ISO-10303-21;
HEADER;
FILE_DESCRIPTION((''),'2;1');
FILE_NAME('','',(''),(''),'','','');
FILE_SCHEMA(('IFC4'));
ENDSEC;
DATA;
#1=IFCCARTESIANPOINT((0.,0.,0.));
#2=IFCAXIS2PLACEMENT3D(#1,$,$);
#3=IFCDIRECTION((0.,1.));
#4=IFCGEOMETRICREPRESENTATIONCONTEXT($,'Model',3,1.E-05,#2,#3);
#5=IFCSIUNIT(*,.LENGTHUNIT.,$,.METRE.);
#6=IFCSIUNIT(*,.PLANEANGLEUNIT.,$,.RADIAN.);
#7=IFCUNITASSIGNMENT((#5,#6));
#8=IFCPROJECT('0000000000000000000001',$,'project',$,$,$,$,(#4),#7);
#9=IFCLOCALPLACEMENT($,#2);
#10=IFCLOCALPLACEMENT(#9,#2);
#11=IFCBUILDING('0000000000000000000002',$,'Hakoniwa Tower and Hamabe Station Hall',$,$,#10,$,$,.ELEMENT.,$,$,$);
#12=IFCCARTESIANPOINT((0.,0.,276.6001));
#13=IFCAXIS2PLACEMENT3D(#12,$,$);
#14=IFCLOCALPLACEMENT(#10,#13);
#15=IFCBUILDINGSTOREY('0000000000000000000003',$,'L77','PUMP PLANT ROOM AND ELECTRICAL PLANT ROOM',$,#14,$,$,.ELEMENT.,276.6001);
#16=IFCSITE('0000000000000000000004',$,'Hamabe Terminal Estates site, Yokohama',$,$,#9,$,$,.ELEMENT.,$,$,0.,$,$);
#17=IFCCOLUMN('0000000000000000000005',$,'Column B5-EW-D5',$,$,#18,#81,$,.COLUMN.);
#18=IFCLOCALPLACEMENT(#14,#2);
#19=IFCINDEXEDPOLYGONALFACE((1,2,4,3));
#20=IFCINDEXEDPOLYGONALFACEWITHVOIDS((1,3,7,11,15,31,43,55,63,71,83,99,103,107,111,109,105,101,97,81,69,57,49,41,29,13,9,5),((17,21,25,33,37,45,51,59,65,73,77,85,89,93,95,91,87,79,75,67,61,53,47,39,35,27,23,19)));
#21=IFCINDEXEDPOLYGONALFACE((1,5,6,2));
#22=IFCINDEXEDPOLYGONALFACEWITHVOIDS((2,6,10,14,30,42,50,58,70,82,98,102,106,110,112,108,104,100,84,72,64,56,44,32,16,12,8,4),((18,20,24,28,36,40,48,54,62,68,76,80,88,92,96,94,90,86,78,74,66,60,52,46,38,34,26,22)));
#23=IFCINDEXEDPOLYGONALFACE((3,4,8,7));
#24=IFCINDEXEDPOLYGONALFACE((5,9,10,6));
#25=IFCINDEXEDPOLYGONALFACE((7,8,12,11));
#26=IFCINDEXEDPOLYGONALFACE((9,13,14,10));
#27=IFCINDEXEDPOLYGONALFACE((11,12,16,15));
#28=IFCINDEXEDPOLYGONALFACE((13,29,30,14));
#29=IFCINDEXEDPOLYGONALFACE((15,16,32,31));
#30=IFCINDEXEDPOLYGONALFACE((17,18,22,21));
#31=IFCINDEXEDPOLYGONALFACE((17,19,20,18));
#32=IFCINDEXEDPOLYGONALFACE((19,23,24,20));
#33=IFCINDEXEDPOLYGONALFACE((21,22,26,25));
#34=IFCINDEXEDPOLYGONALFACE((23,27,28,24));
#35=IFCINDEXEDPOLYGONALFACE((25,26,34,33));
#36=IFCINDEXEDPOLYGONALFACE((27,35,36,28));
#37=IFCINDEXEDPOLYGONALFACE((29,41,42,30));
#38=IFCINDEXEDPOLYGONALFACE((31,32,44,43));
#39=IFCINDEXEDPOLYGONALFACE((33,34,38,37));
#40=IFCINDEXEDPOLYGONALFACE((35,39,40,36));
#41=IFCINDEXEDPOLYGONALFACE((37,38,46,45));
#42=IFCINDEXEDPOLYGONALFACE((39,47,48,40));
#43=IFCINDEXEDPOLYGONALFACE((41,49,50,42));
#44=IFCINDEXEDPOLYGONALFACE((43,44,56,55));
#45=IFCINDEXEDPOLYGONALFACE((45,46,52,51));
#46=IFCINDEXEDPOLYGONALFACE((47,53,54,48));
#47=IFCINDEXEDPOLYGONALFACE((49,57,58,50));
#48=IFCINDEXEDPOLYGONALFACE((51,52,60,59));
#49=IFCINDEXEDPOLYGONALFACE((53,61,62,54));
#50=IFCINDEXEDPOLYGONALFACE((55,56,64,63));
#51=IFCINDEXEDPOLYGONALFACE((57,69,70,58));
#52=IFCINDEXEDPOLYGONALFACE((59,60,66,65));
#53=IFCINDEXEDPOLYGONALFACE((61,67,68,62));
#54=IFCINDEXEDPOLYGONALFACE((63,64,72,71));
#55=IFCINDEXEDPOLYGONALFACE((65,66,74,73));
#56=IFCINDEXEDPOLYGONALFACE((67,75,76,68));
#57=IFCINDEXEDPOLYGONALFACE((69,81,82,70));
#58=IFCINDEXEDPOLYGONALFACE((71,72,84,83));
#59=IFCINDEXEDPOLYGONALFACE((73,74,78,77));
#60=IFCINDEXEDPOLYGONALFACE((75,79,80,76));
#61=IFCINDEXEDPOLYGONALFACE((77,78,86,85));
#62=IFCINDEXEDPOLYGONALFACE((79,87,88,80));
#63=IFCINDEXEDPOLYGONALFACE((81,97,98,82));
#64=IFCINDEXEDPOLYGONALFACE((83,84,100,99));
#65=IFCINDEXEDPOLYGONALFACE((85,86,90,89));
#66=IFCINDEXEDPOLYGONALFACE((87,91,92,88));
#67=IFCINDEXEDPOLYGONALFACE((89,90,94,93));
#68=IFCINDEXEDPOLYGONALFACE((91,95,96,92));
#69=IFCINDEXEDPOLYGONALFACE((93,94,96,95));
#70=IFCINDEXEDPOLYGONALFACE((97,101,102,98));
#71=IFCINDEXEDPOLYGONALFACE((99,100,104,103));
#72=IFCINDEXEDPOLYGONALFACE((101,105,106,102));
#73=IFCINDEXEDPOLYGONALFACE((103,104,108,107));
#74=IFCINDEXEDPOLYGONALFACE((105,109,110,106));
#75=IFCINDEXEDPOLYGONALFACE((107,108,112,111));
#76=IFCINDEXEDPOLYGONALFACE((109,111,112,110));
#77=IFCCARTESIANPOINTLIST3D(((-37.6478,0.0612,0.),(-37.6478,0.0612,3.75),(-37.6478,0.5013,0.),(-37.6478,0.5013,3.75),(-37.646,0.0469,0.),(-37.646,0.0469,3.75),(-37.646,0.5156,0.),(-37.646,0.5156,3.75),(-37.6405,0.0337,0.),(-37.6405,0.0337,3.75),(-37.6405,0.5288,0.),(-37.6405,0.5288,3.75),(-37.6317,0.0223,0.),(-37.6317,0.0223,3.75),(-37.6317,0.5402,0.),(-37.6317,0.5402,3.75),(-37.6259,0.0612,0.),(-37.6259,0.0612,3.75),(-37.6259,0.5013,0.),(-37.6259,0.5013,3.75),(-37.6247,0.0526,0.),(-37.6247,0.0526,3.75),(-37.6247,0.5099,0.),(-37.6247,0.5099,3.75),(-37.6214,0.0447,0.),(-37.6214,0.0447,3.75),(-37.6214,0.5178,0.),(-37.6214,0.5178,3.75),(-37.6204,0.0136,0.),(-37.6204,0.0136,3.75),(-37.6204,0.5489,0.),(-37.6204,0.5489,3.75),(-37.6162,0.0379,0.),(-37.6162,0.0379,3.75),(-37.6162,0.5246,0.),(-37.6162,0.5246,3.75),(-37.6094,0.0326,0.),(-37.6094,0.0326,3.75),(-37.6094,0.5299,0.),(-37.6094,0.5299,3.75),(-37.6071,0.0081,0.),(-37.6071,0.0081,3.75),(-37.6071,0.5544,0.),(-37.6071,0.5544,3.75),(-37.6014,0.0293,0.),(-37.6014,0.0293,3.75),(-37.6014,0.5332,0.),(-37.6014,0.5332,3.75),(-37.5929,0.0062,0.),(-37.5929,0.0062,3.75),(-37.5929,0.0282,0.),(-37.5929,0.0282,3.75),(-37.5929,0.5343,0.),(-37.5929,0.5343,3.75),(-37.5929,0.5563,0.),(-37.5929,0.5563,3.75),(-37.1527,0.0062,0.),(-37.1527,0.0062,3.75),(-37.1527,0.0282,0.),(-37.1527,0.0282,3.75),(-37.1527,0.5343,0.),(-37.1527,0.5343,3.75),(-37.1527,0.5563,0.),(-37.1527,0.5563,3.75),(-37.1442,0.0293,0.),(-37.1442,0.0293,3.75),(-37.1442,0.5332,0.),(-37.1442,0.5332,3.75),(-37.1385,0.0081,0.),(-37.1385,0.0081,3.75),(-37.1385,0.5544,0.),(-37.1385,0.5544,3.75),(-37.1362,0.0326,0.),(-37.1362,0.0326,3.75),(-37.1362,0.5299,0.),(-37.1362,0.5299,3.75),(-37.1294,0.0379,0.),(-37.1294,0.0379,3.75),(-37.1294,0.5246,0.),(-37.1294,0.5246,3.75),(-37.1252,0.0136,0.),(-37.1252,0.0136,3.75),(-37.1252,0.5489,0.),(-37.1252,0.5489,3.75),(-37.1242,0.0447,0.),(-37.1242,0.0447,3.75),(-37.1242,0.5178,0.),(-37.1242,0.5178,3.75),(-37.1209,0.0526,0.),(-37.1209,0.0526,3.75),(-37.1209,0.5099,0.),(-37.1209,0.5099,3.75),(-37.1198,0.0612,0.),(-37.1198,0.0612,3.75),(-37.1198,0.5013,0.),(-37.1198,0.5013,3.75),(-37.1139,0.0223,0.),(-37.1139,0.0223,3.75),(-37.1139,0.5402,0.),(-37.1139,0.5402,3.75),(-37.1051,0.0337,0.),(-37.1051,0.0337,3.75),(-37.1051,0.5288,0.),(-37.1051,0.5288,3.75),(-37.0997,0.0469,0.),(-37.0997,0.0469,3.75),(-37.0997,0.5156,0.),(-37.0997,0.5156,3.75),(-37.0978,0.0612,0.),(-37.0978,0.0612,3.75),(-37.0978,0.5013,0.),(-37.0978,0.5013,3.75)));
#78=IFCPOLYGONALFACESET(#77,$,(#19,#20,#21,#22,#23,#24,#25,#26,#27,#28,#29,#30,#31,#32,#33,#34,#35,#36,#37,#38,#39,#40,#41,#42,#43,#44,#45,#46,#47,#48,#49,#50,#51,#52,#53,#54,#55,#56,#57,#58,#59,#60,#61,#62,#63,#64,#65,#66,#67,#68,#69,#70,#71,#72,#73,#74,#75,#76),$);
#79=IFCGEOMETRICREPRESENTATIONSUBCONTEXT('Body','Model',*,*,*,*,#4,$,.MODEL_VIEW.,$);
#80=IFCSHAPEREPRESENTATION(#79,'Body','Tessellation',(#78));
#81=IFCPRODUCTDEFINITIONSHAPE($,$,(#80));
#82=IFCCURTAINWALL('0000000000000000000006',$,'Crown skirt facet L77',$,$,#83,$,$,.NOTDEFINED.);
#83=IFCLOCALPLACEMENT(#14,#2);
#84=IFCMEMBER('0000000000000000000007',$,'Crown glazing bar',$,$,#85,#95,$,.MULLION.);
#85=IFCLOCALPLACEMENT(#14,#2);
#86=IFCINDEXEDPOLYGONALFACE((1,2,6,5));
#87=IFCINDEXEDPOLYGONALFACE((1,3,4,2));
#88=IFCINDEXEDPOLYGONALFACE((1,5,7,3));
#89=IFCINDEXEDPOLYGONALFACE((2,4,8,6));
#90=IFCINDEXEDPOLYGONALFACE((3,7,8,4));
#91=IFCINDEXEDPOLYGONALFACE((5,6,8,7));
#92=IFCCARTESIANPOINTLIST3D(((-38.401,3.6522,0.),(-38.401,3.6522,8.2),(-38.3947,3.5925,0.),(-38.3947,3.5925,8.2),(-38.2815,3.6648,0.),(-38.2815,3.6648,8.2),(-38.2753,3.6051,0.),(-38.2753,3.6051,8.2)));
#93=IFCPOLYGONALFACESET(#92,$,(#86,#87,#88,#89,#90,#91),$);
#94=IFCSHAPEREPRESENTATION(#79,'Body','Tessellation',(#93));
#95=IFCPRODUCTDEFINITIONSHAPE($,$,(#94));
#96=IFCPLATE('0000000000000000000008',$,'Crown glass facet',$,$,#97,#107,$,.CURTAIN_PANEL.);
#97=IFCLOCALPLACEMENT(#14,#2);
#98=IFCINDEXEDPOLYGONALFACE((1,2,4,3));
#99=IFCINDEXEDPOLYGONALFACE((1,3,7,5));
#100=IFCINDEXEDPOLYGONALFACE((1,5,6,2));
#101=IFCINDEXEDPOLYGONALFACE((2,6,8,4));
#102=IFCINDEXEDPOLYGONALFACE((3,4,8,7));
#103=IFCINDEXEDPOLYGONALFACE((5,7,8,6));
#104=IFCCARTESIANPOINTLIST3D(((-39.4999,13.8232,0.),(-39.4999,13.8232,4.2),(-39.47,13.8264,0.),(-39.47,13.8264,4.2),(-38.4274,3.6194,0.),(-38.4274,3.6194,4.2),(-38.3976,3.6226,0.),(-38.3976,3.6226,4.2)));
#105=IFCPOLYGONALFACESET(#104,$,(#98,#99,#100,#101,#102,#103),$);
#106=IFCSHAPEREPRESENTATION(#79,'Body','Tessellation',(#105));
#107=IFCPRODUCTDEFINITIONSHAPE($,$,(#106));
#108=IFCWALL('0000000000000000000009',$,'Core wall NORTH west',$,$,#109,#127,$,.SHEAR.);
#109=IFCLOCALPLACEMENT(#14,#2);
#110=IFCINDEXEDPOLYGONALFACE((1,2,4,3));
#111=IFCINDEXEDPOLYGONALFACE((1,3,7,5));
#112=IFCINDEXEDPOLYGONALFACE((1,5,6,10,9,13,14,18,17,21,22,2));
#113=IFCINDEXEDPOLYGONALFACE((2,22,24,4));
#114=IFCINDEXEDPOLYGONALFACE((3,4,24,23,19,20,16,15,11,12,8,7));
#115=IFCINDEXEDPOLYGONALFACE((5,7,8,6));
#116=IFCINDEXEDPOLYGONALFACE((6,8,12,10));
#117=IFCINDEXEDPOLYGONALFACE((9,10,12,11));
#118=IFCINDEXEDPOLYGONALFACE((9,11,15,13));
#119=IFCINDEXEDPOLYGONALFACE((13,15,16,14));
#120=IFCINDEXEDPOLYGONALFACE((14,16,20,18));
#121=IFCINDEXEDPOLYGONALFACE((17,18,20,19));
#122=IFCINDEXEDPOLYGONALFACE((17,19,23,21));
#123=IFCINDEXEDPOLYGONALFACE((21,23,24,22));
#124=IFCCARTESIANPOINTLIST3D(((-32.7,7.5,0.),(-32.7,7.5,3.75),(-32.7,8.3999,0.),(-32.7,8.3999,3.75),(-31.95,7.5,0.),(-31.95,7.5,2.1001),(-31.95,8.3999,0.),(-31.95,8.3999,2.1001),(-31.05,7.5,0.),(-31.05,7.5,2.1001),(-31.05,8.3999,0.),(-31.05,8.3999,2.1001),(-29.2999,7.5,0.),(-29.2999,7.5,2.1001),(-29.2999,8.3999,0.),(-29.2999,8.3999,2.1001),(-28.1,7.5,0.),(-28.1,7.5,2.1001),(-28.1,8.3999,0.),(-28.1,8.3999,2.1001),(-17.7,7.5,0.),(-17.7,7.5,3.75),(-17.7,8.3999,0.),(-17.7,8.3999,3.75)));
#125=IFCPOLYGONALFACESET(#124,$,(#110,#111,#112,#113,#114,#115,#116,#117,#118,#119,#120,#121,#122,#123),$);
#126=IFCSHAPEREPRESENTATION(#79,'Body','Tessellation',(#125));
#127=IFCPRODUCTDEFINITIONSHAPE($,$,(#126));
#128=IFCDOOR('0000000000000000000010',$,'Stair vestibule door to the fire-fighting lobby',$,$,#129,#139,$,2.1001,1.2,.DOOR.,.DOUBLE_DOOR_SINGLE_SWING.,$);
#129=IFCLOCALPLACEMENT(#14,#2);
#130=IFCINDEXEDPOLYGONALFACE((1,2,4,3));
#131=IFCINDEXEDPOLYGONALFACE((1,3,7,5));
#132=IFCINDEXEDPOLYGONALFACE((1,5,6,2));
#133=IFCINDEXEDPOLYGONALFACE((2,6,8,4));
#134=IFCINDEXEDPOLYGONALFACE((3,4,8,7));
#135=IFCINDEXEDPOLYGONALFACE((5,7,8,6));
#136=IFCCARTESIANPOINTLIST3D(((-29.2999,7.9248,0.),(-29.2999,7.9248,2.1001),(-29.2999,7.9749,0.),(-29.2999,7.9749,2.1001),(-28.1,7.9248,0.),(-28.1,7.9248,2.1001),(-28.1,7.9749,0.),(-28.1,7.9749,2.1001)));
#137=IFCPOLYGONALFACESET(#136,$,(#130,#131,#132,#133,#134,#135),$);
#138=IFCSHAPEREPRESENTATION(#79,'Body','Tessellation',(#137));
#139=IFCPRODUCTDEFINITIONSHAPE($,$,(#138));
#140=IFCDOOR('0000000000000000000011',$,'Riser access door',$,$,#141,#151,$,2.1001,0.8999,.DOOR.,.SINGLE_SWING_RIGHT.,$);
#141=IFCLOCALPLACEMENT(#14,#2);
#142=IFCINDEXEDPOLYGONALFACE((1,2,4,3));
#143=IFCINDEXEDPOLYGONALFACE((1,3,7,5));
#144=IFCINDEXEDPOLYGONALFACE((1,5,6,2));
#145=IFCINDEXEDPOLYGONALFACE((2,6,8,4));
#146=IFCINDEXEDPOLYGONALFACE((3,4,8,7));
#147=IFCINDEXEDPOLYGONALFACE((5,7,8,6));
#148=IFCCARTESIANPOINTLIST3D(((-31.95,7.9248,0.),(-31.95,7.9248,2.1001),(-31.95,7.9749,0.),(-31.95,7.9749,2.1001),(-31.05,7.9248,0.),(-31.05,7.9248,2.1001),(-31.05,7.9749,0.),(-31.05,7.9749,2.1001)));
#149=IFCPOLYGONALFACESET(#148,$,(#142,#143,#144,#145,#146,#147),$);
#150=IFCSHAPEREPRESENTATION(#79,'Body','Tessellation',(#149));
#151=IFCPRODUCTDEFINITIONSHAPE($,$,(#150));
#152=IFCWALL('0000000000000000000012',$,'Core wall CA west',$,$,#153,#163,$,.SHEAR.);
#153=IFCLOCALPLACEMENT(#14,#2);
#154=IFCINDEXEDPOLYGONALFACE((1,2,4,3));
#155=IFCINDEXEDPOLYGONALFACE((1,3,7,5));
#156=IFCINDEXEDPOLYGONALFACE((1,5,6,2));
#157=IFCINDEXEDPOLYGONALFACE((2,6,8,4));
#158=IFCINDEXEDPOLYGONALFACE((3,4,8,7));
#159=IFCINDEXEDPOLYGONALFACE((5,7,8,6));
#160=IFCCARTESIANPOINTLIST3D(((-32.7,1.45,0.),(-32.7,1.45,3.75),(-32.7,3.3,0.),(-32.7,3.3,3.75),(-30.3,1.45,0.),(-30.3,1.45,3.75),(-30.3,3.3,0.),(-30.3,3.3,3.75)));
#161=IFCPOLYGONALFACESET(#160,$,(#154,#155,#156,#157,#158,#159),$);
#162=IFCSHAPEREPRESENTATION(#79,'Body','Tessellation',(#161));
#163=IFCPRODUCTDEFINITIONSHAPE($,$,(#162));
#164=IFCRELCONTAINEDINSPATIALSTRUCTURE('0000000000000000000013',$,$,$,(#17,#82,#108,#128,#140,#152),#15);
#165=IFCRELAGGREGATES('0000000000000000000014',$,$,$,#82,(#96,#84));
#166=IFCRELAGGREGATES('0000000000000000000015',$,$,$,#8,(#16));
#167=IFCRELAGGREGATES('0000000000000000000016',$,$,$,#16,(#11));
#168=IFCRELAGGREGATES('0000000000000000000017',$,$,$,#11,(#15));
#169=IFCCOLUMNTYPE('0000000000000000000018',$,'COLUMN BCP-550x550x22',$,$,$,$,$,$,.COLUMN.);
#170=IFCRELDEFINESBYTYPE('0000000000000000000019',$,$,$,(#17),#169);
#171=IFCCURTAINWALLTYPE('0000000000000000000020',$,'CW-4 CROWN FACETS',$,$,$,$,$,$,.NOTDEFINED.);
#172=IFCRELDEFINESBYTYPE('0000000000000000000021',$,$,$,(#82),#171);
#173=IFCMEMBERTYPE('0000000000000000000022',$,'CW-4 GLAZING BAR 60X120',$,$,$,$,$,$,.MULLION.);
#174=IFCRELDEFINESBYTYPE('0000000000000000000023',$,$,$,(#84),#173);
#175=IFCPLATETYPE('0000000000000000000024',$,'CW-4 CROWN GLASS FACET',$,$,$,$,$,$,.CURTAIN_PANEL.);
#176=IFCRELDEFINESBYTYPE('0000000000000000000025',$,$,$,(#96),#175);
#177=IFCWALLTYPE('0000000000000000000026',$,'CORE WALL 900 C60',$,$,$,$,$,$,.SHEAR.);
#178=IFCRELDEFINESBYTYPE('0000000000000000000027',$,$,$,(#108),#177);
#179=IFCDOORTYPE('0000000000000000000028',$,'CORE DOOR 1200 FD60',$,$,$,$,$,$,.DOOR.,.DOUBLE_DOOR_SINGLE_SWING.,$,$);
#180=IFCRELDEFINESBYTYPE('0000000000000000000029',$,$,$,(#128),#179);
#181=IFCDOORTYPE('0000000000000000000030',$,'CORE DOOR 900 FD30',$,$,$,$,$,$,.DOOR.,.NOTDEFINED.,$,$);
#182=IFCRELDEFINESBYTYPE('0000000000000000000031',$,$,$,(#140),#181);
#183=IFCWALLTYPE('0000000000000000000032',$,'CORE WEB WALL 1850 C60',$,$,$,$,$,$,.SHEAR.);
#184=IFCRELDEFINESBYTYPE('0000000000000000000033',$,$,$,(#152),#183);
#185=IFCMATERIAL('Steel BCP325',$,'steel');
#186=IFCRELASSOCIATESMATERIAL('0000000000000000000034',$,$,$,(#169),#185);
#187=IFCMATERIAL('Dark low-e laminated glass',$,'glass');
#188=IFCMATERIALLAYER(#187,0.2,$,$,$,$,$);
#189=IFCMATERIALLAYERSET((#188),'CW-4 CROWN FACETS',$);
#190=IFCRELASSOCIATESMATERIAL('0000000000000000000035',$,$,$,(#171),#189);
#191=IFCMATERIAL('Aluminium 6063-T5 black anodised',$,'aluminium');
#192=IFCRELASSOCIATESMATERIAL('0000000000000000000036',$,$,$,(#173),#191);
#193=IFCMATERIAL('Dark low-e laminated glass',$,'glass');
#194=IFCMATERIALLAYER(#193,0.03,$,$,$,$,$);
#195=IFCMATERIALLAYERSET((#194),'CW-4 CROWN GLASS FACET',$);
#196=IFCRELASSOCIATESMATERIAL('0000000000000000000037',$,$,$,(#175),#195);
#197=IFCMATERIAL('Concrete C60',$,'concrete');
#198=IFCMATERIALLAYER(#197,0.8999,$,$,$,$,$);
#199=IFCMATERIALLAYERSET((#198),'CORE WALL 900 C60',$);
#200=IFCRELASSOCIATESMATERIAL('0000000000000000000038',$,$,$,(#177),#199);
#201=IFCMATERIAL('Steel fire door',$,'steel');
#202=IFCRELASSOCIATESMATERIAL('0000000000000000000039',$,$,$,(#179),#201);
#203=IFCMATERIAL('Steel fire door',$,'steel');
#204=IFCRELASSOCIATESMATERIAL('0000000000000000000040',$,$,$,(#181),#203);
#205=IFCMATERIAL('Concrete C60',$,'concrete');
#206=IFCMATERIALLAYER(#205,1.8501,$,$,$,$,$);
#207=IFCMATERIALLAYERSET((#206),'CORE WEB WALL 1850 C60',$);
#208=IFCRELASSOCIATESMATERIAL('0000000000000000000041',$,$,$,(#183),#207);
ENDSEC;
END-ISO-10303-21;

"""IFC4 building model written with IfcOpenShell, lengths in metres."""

from ifc_helpers import new_model, si_unit, direction, frame, frame_2d, origin, origin_2d, place, context, subcontext, project, spatial, rectangle, hollow_rectangle, extrude, material, layer, layer_set, material_profile, profile_set, type_object, element, fill, aggregate, save


model = new_model("IFC4")

# Units and contexts
model_context = context("Model", 3, precision=1e-05, world=origin(), true_north=direction((0.0, 1.0)))
body_context = subcontext(model_context, "Body", "Model", "MODEL_VIEW")
ifc_project = project(units=[si_unit("LENGTHUNIT", "METRE"), si_unit("PLANEANGLEUNIT", "RADIAN")], contexts=[model_context])

# Site, building, storey
site_placement = place(None, origin())
site = spatial("IfcSite", under=ifc_project, at=site_placement, Name="Hamabe Terminal Estates site, Yokohama", CompositionType="ELEMENT", RefElevation=0.0)
building_placement = place(site_placement, origin())
building = spatial("IfcBuilding", under=site, at=building_placement, Name="Hakoniwa Tower and Hamabe Station Hall", CompositionType="ELEMENT")
storey_placement = place(building_placement, frame((0.0, 0.0, 276.6001)))
storey = spatial("IfcBuildingStorey", under=building, at=storey_placement, Name="L77", Description="PUMP PLANT ROOM AND ELECTRICAL PLANT ROOM", CompositionType="ELEMENT", Elevation=276.6001)

# Column
ifc_material_1 = material(Name="Steel BCP325", Category="steel")
ifc_material_profile_1 = material_profile(ifc_material_1, hollow_rectangle(XDim=0.55, YDim=0.55, WallThickness=0.022, InnerFilletRadius=0.033, OuterFilletRadius=0.0549, at=origin_2d()), Name="BCP-550x550x22")
ifc_profile_set_1 = profile_set([ifc_material_profile_1], Name="Steel BCP325")
column_type = type_object("IfcColumnType", Name="COLUMN BCP-550x550x22", PredefinedType="COLUMN", material=ifc_profile_set_1)
column_placement = place(storey_placement, frame((-37.3728, 0.2812, 0.0), z_axis=(0.0, 0.0, 1.0), x_axis=(1.0, 0.0, 0.0)))
element("IfcColumn", 1, at=column_placement, inside=storey, type_object=column_type, Name="Column B5-EW-D5", PredefinedType="COLUMN", context=body_context, shape_type="SweptSolid", body=[
    extrude(hollow_rectangle(XDim=0.55, YDim=0.55, WallThickness=0.022, InnerFilletRadius=0.033, OuterFilletRadius=0.0549, at=origin_2d()), origin(), (0.0, 0.0, 1.0), 3.75),
])

# Curtain wall, member, plate
ifc_material_2 = material(Name="Dark low-e laminated glass", Category="glass")
ifc_layer_1 = layer(ifc_material_2, 0.2)
ifc_layer_set_1 = layer_set([ifc_layer_1], Name="CW-4 CROWN FACETS")
curtain_wall_type = type_object("IfcCurtainWallType", Name="CW-4 CROWN FACETS", PredefinedType="NOTDEFINED", material=ifc_layer_set_1)
curtain_wall_placement = place(storey_placement, origin())
curtain_wall = element("IfcCurtainWall", 2, at=curtain_wall_placement, inside=storey, type_object=curtain_wall_type, Name="Crown skirt facet L77", PredefinedType="NOTDEFINED")
ifc_material_3 = material(Name="Aluminium 6063-T5 black anodised", Category="aluminium")
ifc_material_profile_2 = material_profile(ifc_material_3, rectangle(XDim=0.0601, YDim=0.1201, at=origin_2d()), Name="CW-4 GLAZING BAR 60X120")
ifc_profile_set_2 = profile_set([ifc_material_profile_2], Name="Aluminium 6063-T5 black anodised")
member_type = type_object("IfcMemberType", Name="CW-4 GLAZING BAR 60X120", PredefinedType="MULLION", material=ifc_profile_set_2)
member_placement = place(storey_placement, frame((-38.3381, 3.6287, 0.0), z_axis=(0.0, 0.0, 1.0), x_axis=(-0.104528, 0.994522, 0.0)))
member = element("IfcMember", 3, at=member_placement, type_object=member_type, Name="Crown glazing bar", PredefinedType="MULLION", context=body_context, shape_type="SweptSolid", body=[
    extrude(rectangle(XDim=0.0601, YDim=0.1201, at=origin_2d()), origin(), (0.0, 0.0, 1.0), 8.2),
])
ifc_material_4 = material(Name="Dark low-e laminated glass", Category="glass")
ifc_layer_2 = layer(ifc_material_4, 0.03)
ifc_layer_set_2 = layer_set([ifc_layer_2], Name="CW-4 CROWN GLASS FACET")
plate_type = type_object("IfcPlateType", Name="CW-4 CROWN GLASS FACET", PredefinedType="CURTAIN_PANEL", material=ifc_layer_set_2)
plate_placement = place(storey_placement, frame((-38.9487, 8.7229, 0.0), z_axis=(0.0, 0.0, 1.0), x_axis=(0.104528, -0.994522, 0.0)))
plate = element("IfcPlate", 4, at=plate_placement, type_object=plate_type, Name="Crown glass facet", PredefinedType="CURTAIN_PANEL", context=body_context, shape_type="SweptSolid", body=[
    extrude(rectangle(XDim=10.26, YDim=0.03, at=origin_2d()), origin(), (0.0, 0.0, 1.0), 4.2),
])
aggregate(curtain_wall, [plate, member])

# Wall, openings, doors
ifc_material_5 = material(Name="Concrete C60", Category="concrete")
ifc_layer_3 = layer(ifc_material_5, 0.8999)
ifc_layer_set_3 = layer_set([ifc_layer_3], Name="CORE WALL 900 C60")
wall_type_1 = type_object("IfcWallType", Name="CORE WALL 900 C60", PredefinedType="SHEAR", material=ifc_layer_set_3)
wall_1_placement = place(storey_placement, frame((-32.7, 7.95, 0.0), z_axis=(0.0, 0.0, 1.0), x_axis=(1.0, 0.0, 0.0)))
wall_1 = element("IfcWall", 5, at=wall_1_placement, inside=storey, type_object=wall_type_1, Name="Core wall NORTH west", PredefinedType="SHEAR", context=body_context, shape_type="SweptSolid", body=[
    extrude(rectangle(XDim=15.0, YDim=0.8999, at=frame_2d((7.5, 0.0))), origin(), (0.0, 0.0, 1.0), 3.75),
])
opening_1_placement = place(wall_1_placement, frame((3.3999, 0.0, 0.0)))
opening_1 = element("IfcOpeningElement", 6, at=opening_1_placement, cuts=wall_1, PredefinedType="OPENING", context=body_context, shape_type="SweptSolid", body=[
    extrude(rectangle(XDim=1.2, YDim=2.1001, at=frame_2d((0.6001, 1.05))), frame((0.0, 0.46, 0.0), z_axis=(0.0, -1.0, 0.0), x_axis=(1.0, 0.0, 0.0)), (0.0, 0.0, 1.0), 0.9199),
])
opening_2_placement = place(wall_1_placement, frame((0.75, 0.0, 0.0)))
opening_2 = element("IfcOpeningElement", 7, at=opening_2_placement, cuts=wall_1, PredefinedType="OPENING", context=body_context, shape_type="SweptSolid", body=[
    extrude(rectangle(XDim=0.8999, YDim=2.1001, at=frame_2d((0.45, 1.05))), frame((0.0, 0.46, 0.0), z_axis=(0.0, -1.0, 0.0), x_axis=(1.0, 0.0, 0.0)), (0.0, 0.0, 1.0), 0.9199),
])
ifc_material_6 = material(Name="Steel fire door", Category="steel")
door_type_1 = type_object("IfcDoorType", Name="CORE DOOR 1200 FD60", OperationType="DOUBLE_DOOR_SINGLE_SWING", PredefinedType="DOOR", material=ifc_material_6)
door_1_placement = place(opening_1_placement, origin())
door_1 = element("IfcDoor", 8, at=door_1_placement, inside=storey, type_object=door_type_1, Name="Stair vestibule door to the fire-fighting lobby", OperationType="DOUBLE_DOOR_SINGLE_SWING", OverallHeight=2.1001, OverallWidth=1.2, PredefinedType="DOOR", context=body_context, shape_type="SweptSolid", body=[
    extrude(rectangle(XDim=1.2, YDim=2.1001, at=frame_2d((0.6001, 1.05))), frame((0.0, 0.0249, 0.0), z_axis=(0.0, -1.0, 0.0), x_axis=(1.0, 0.0, 0.0)), (0.0, 0.0, 1.0), 0.05),
])
fill(opening_1, door_1)
ifc_material_7 = material(Name="Steel fire door", Category="steel")
door_type_2 = type_object("IfcDoorType", Name="CORE DOOR 900 FD30", OperationType="NOTDEFINED", PredefinedType="DOOR", material=ifc_material_7)
door_2_placement = place(opening_2_placement, origin())
door_2 = element("IfcDoor", 9, at=door_2_placement, inside=storey, type_object=door_type_2, Name="Riser access door", OperationType="SINGLE_SWING_RIGHT", OverallHeight=2.1001, OverallWidth=0.8999, PredefinedType="DOOR", context=body_context, shape_type="SweptSolid", body=[
    extrude(rectangle(XDim=0.8999, YDim=2.1001, at=frame_2d((0.45, 1.05))), frame((0.0, 0.0249, 0.0), z_axis=(0.0, -1.0, 0.0), x_axis=(1.0, 0.0, 0.0)), (0.0, 0.0, 1.0), 0.05),
])
fill(opening_2, door_2)

# Wall
ifc_material_8 = material(Name="Concrete C60", Category="concrete")
ifc_layer_4 = layer(ifc_material_8, 1.8501)
ifc_layer_set_4 = layer_set([ifc_layer_4], Name="CORE WEB WALL 1850 C60")
wall_type_2 = type_object("IfcWallType", Name="CORE WEB WALL 1850 C60", PredefinedType="SHEAR", material=ifc_layer_set_4)
wall_2_placement = place(storey_placement, frame((-32.7, 2.375, 0.0), z_axis=(0.0, 0.0, 1.0), x_axis=(1.0, 0.0, 0.0)))
element("IfcWall", 10, at=wall_2_placement, inside=storey, type_object=wall_type_2, Name="Core wall CA west", PredefinedType="SHEAR", context=body_context, shape_type="SweptSolid", body=[
    extrude(rectangle(XDim=2.3999, YDim=1.8501, at=frame_2d((1.2, 0.0))), origin(), (0.0, 0.0, 1.0), 3.75),
])

save(model, "model.ifc")
